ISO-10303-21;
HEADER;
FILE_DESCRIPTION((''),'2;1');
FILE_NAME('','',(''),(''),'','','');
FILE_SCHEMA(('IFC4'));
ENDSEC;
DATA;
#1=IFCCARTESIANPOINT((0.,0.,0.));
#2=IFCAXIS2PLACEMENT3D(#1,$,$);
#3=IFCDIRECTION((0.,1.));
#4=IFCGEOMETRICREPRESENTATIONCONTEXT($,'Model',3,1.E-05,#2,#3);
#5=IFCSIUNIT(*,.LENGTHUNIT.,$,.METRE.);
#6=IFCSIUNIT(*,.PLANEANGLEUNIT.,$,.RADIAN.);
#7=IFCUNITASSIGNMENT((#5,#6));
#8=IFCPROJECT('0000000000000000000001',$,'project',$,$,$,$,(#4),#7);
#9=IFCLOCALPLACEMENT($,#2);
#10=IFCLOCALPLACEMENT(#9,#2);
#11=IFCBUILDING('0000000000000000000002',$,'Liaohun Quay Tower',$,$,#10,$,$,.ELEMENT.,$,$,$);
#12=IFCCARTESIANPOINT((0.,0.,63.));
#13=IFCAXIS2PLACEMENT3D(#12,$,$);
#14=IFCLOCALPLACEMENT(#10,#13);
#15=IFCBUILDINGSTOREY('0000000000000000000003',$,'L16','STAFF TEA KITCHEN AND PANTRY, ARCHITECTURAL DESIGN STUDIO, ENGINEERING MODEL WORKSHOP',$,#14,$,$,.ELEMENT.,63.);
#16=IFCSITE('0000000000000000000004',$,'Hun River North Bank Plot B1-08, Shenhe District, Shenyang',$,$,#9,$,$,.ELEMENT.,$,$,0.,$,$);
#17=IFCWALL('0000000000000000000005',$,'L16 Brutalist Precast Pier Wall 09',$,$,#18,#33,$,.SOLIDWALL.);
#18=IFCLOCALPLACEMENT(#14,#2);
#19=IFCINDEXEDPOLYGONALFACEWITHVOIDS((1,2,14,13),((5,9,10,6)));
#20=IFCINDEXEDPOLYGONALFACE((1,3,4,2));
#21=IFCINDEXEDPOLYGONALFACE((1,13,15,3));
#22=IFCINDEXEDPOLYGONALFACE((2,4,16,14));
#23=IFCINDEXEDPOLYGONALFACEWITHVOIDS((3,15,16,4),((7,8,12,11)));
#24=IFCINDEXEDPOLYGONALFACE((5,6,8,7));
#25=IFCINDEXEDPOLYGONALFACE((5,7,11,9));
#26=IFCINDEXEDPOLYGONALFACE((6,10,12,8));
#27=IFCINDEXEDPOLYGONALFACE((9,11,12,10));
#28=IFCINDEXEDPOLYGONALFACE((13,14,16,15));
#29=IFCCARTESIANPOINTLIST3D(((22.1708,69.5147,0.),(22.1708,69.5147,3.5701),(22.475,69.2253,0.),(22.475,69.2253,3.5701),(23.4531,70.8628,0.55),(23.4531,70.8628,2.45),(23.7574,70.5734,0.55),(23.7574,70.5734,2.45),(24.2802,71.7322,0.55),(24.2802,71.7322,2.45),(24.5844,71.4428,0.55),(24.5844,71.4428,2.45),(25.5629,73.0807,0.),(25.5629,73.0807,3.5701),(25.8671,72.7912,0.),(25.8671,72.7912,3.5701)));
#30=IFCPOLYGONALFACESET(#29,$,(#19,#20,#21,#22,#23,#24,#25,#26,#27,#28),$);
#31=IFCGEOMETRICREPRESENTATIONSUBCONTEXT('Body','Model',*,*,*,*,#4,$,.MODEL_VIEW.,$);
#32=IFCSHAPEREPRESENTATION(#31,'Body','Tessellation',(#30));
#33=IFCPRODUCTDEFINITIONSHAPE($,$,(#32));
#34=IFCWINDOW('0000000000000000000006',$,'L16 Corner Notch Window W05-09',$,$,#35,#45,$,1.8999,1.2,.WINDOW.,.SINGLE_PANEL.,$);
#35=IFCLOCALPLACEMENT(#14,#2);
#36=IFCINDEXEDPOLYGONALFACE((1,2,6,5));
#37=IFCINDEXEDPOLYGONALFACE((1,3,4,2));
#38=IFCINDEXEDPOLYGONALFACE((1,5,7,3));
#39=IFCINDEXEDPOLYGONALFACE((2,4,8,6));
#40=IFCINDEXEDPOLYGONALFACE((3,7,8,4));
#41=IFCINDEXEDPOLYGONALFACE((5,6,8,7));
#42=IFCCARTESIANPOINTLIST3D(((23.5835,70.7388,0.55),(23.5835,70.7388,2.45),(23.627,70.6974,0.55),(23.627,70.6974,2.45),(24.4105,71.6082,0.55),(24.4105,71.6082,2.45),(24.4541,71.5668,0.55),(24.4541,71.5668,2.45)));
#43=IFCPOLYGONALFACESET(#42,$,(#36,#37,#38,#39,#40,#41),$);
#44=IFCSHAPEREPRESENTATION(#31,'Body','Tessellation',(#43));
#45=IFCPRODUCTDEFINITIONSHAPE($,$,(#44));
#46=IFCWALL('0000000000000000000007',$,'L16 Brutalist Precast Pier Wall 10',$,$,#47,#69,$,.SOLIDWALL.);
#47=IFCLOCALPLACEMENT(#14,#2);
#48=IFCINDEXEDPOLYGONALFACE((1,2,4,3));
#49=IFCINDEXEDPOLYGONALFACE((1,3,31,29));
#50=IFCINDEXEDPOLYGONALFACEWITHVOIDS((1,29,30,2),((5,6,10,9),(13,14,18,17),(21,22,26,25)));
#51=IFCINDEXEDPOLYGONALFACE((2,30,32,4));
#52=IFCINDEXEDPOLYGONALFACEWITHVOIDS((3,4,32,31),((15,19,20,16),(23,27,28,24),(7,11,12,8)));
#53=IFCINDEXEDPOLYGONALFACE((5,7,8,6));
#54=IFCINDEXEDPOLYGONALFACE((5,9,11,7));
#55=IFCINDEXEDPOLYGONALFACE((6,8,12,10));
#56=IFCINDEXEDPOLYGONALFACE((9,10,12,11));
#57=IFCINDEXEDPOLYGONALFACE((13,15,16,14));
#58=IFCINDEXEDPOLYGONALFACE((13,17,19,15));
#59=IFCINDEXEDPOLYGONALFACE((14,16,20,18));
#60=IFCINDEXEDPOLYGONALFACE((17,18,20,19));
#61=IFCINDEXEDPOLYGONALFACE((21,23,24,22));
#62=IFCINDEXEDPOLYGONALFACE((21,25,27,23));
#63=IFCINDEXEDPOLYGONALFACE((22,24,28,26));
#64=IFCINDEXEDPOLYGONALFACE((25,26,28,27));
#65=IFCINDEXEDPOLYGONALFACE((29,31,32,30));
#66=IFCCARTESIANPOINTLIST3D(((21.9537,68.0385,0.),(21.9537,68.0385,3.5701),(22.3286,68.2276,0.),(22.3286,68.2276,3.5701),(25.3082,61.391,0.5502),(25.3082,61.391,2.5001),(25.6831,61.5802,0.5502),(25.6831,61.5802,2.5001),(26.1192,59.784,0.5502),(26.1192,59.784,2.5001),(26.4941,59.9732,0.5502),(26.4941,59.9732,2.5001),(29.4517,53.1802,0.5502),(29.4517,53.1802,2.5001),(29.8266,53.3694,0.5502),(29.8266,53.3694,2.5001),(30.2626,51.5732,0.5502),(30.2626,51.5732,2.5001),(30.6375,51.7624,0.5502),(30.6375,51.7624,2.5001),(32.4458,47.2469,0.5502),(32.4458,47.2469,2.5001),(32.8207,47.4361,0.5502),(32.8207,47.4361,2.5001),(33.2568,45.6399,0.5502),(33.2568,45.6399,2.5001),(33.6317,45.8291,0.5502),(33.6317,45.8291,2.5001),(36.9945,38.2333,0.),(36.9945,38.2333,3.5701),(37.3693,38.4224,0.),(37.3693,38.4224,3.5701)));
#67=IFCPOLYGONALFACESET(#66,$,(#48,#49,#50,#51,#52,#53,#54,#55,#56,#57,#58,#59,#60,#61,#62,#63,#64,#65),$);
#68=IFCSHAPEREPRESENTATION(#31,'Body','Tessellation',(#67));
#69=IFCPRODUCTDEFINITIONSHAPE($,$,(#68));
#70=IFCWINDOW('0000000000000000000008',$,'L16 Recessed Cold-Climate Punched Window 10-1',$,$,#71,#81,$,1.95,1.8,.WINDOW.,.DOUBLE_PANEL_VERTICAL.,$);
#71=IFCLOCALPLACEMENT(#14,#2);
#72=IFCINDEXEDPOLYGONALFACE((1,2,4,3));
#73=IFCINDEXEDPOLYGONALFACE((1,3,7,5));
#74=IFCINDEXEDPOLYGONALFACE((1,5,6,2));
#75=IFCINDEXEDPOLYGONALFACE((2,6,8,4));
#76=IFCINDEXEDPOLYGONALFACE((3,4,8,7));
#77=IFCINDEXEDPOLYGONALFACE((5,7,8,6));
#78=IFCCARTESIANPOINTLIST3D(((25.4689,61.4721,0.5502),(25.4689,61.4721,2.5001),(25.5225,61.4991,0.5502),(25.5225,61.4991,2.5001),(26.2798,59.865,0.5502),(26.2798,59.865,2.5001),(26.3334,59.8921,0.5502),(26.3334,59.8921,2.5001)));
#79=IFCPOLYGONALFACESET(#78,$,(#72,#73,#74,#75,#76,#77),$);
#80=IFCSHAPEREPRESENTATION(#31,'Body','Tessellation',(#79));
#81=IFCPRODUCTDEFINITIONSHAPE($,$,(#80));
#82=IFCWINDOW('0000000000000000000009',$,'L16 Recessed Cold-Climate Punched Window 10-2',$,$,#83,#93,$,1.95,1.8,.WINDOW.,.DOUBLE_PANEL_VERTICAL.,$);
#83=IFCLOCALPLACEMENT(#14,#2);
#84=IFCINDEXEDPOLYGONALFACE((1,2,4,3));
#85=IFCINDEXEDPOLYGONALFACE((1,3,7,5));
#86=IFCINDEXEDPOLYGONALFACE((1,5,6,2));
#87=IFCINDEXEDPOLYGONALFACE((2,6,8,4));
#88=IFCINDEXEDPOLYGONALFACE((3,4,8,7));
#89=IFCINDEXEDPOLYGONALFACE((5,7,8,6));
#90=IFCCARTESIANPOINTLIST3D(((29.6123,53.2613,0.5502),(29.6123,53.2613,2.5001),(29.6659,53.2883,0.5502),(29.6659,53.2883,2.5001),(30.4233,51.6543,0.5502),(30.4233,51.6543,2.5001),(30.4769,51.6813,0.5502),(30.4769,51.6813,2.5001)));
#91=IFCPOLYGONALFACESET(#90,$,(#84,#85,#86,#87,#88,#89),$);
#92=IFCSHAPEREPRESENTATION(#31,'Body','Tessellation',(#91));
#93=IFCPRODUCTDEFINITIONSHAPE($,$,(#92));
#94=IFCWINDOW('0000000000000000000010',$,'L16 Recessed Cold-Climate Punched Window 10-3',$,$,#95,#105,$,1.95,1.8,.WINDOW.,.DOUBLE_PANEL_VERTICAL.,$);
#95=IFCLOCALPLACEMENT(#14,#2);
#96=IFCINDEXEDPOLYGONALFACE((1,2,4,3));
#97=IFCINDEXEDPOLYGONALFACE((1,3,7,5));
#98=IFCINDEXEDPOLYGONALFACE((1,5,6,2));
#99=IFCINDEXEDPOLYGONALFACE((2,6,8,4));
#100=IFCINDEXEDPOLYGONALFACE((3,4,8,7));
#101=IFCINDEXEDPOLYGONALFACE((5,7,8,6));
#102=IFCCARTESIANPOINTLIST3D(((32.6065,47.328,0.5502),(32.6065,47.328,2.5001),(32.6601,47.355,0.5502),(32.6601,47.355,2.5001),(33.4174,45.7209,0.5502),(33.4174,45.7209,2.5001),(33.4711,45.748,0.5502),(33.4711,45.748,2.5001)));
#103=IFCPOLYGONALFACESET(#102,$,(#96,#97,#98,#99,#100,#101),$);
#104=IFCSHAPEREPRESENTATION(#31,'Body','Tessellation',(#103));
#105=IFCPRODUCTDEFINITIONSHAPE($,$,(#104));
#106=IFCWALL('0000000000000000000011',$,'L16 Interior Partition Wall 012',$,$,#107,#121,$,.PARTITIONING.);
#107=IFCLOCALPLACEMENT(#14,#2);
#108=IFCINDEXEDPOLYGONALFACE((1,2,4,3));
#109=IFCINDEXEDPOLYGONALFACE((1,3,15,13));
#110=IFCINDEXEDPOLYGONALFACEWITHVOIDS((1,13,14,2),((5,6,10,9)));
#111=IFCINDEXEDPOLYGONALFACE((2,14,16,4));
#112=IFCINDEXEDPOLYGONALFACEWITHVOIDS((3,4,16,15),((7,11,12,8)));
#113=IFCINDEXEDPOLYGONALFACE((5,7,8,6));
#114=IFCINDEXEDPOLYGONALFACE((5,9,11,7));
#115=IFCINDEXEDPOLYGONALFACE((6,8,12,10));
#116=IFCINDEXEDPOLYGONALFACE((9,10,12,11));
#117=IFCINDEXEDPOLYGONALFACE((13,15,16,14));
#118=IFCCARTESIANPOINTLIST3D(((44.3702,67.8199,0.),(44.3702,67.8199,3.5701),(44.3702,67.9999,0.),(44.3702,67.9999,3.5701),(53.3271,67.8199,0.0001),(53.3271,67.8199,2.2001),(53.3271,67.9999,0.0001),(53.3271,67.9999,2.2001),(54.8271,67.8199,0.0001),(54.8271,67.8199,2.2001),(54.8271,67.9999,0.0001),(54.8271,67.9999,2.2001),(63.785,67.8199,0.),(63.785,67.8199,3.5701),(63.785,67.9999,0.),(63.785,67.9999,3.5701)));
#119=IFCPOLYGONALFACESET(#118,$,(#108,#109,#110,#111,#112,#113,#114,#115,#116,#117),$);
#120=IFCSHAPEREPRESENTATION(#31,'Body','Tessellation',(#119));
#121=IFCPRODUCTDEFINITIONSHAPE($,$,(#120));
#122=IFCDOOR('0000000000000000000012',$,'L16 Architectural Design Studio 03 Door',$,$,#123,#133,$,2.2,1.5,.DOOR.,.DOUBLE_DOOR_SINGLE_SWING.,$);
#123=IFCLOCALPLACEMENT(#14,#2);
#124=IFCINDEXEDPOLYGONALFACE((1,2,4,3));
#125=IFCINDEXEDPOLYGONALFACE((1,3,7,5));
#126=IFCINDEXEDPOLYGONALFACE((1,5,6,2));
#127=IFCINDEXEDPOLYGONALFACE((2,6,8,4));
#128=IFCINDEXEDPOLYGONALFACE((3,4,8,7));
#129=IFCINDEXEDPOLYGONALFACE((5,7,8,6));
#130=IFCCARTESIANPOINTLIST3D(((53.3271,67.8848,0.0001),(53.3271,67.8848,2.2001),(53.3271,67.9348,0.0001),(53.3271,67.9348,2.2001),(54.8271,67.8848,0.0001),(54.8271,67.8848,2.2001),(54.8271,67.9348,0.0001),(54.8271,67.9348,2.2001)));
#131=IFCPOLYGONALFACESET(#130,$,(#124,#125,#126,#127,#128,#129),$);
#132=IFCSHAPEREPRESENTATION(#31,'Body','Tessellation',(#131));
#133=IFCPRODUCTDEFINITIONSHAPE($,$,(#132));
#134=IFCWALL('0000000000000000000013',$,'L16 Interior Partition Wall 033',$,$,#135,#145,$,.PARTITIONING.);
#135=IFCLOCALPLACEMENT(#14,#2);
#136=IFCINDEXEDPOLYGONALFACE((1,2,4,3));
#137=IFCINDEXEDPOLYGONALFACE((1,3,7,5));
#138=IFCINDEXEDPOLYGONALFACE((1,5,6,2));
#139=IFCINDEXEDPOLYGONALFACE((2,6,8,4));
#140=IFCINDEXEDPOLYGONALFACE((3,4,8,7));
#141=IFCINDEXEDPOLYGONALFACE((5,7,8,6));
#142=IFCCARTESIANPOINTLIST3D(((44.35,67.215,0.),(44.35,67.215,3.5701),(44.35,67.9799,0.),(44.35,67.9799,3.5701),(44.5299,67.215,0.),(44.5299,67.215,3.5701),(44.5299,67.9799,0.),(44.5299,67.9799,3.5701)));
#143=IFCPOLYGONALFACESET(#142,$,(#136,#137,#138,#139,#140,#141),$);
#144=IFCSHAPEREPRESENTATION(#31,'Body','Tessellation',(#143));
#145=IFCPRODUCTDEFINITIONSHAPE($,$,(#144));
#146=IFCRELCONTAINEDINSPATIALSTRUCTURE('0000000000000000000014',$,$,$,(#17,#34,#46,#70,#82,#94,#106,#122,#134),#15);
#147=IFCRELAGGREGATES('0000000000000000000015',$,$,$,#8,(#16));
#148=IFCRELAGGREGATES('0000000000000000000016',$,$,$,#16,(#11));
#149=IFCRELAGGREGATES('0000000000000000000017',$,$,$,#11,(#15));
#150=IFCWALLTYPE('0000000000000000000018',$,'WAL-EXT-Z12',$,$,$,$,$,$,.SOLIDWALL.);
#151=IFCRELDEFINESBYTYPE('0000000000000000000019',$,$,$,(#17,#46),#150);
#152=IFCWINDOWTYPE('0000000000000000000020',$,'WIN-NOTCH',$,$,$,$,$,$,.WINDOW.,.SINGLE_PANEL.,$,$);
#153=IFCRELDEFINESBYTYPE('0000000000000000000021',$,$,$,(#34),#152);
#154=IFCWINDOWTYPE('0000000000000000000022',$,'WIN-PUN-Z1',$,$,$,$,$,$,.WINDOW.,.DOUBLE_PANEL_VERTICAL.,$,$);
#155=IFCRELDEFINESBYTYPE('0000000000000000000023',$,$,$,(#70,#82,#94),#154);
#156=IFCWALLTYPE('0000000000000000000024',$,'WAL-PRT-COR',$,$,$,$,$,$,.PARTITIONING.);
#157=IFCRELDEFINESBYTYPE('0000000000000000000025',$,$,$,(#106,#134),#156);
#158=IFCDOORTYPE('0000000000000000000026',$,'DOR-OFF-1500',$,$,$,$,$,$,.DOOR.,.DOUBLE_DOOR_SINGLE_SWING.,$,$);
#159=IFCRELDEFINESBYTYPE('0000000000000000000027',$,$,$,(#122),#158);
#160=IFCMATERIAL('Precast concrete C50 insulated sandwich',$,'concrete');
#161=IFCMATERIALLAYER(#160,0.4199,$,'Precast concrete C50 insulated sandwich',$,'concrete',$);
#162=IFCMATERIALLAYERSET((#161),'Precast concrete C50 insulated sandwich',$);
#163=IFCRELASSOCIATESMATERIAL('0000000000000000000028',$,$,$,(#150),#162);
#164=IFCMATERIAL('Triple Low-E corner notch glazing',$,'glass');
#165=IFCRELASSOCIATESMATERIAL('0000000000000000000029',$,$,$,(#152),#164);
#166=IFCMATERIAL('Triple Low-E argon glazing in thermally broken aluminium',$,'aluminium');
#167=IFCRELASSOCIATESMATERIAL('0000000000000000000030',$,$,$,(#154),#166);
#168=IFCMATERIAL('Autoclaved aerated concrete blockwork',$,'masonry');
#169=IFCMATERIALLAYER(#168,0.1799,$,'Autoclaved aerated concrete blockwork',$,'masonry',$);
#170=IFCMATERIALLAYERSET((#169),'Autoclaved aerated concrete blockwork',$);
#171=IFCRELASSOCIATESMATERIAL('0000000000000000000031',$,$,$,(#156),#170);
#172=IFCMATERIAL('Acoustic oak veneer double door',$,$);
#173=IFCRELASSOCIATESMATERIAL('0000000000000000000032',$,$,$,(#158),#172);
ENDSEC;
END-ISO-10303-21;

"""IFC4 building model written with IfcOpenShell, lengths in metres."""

from ifc_helpers import new_model, si_unit, direction, frame, frame_2d, origin, place, context, subcontext, project, spatial, rectangle, extrude, source, transform, mapped, material, layer, layer_set, type_object, element, fill, save


model = new_model("IFC4")

# Units and contexts
model_context = context("Model", 3, precision=1e-05, world=origin(), true_north=direction((0.0, 1.0)))
body_context = subcontext(model_context, "Body", "Model", "MODEL_VIEW")
ifc_project = project(units=[si_unit("LENGTHUNIT", "METRE"), si_unit("PLANEANGLEUNIT", "RADIAN")], contexts=[model_context])

# Site, building, storey
site_placement = place(None, origin())
site = spatial("IfcSite", under=ifc_project, at=site_placement, Name="Hun River North Bank Plot B1-08, Shenhe District, Shenyang", CompositionType="ELEMENT", RefElevation=0.0)
building_placement = place(site_placement, origin())
building = spatial("IfcBuilding", under=site, at=building_placement, Name="Liaohun Quay Tower", CompositionType="ELEMENT")
storey_placement = place(building_placement, frame((0.0, 0.0, 63.0)))
storey = spatial("IfcBuildingStorey", under=building, at=storey_placement, Name="L16", Description="STAFF TEA KITCHEN AND PANTRY, ARCHITECTURAL DESIGN STUDIO, ENGINEERING MODEL WORKSHOP", CompositionType="ELEMENT", Elevation=63.0)

# Wall, opening, window
ifc_material_1 = material(Name="Precast concrete C50 insulated sandwich", Category="concrete")
ifc_layer_1 = layer(ifc_material_1, 0.4199, Name="Precast concrete C50 insulated sandwich", Category="concrete")
ifc_layer_set_1 = layer_set([ifc_layer_1], Name="Precast concrete C50 insulated sandwich")
wall_type_1 = type_object("IfcWallType", Name="WAL-EXT-Z12", PredefinedType="SOLIDWALL", material=ifc_layer_set_1)
shared_shape_1 = source(origin(), body_context, "Body", "SweptSolid", [
    extrude(rectangle(XDim=1.2, YDim=1.8999, at=frame_2d((0.6001, 0.95))), frame((0.0, 0.22, 0.0), z_axis=(0.0, -1.0, 0.0), x_axis=(1.0, 0.0, 0.0)), (0.0, 0.0, 1.0), 0.4399),
])
ifc_material_2 = material(Name="Triple Low-E corner notch glazing", Category="glass")
window_type_1 = type_object("IfcWindowType", Name="WIN-NOTCH", PartitioningType="SINGLE_PANEL", PredefinedType="WINDOW", material=ifc_material_2)
shared_shape_2 = source(origin(), body_context, "Body", "SweptSolid", [
    extrude(rectangle(XDim=1.2, YDim=1.8999, at=frame_2d((0.6001, 0.95))), frame((0.0, 0.03, 0.0), z_axis=(0.0, -1.0, 0.0), x_axis=(1.0, 0.0, 0.0)), (0.0, 0.0, 1.0), 0.0601),
])
wall_1_placement = place(storey_placement, frame((25.7151, 72.936, 0.0), z_axis=(0.0, 0.0, 1.0), x_axis=(-0.689226, -0.724546, 0.0)))
wall_1 = element("IfcWall", 1, at=wall_1_placement, inside=storey, type_object=wall_type_1, Name="L16 Brutalist Precast Pier Wall 09", PredefinedType="SOLIDWALL", context=body_context, shape_type="SweptSolid", body=[
    extrude(rectangle(XDim=4.9216, YDim=0.4199, at=frame_2d((2.4609, 0.0))), origin(), (0.0, 0.0, 1.0), 3.5701),
])
opening_1_placement = place(wall_1_placement, frame((1.8611, 0.0, 0.55)))
opening_1 = element("IfcOpeningElement", 2, at=opening_1_placement, cuts=wall_1, PredefinedType="OPENING", context=body_context, shape_type="MappedRepresentation", body=[
    mapped(shared_shape_1, transform((0.0, 0.0, 0.0), x_axis=(1.0, 0.0, 0.0), y_axis=(0.0, 1.0, 0.0), z_axis=(0.0, 0.0, 1.0), scale=1.0)),
])
window_1_placement = place(opening_1_placement, origin())
window_1 = element("IfcWindow", 3, at=window_1_placement, inside=storey, type_object=window_type_1, Name="L16 Corner Notch Window W05-09", OverallHeight=1.8999, OverallWidth=1.2, PartitioningType="SINGLE_PANEL", PredefinedType="WINDOW", context=body_context, shape_type="MappedRepresentation", body=[
    mapped(shared_shape_2, transform((0.0, 0.0, 0.0), x_axis=(1.0, 0.0, 0.0), y_axis=(0.0, 1.0, 0.0), z_axis=(0.0, 0.0, 1.0), scale=1.0)),
])
fill(opening_1, window_1)

# Wall, openings, windows
wall_2_placement = place(storey_placement, frame((22.1411, 68.1331, 0.0), z_axis=(0.0, 0.0, 1.0), x_axis=(0.450522, -0.892765, 0.0)))
wall_2 = element("IfcWall", 4, at=wall_2_placement, inside=storey, type_object=wall_type_1, Name="L16 Brutalist Precast Pier Wall 10", PredefinedType="SOLIDWALL", context=body_context, shape_type="SweptSolid", body=[
    extrude(rectangle(XDim=33.3853, YDim=0.4199, at=frame_2d((16.6926, 0.0))), origin(), (0.0, 0.0, 1.0), 3.5701),
])
shared_shape_3 = source(origin(), body_context, "Body", "SweptSolid", [
    extrude(rectangle(XDim=1.8, YDim=1.95, at=frame_2d((0.8999, 0.9751))), frame((0.0, 0.22, 0.0), z_axis=(0.0, -1.0, 0.0), x_axis=(1.0, 0.0, 0.0)), (0.0, 0.0, 1.0), 0.4399),
])
opening_2_placement = place(wall_2_placement, frame((7.446, 0.0, 0.55)))
opening_2 = element("IfcOpeningElement", 5, at=opening_2_placement, cuts=wall_2, PredefinedType="OPENING", context=body_context, shape_type="MappedRepresentation", body=[
    mapped(shared_shape_3, transform((0.0, 0.0, 0.0), x_axis=(1.0, 0.0, 0.0), y_axis=(0.0, 1.0, 0.0), z_axis=(0.0, 0.0, 1.0), scale=1.0)),
])
opening_3_placement = place(wall_2_placement, frame((16.6431, 0.0, 0.55)))
opening_3 = element("IfcOpeningElement", 6, at=opening_3_placement, cuts=wall_2, PredefinedType="OPENING", context=body_context, shape_type="MappedRepresentation", body=[
    mapped(shared_shape_3, transform((0.0, 0.0, 0.0), x_axis=(1.0, 0.0, 0.0), y_axis=(0.0, 1.0, 0.0), z_axis=(0.0, 0.0, 1.0), scale=1.0)),
])
opening_4_placement = place(wall_2_placement, frame((23.2891, 0.0, 0.55)))
opening_4 = element("IfcOpeningElement", 7, at=opening_4_placement, cuts=wall_2, PredefinedType="OPENING", context=body_context, shape_type="MappedRepresentation", body=[
    mapped(shared_shape_3, transform((0.0, 0.0, 0.0), x_axis=(1.0, 0.0, 0.0), y_axis=(0.0, 1.0, 0.0), z_axis=(0.0, 0.0, 1.0), scale=1.0)),
])
ifc_material_3 = material(Name="Triple Low-E argon glazing in thermally broken aluminium", Category="aluminium")
window_type_2 = type_object("IfcWindowType", Name="WIN-PUN-Z1", PartitioningType="DOUBLE_PANEL_VERTICAL", PredefinedType="WINDOW", material=ifc_material_3)
shared_shape_4 = source(origin(), body_context, "Body", "SweptSolid", [
    extrude(rectangle(XDim=1.8, YDim=1.95, at=frame_2d((0.8999, 0.9751))), frame((0.0, 0.03, 0.0), z_axis=(0.0, -1.0, 0.0), x_axis=(1.0, 0.0, 0.0)), (0.0, 0.0, 1.0), 0.0601),
])
window_2_placement = place(opening_2_placement, origin())
window_2 = element("IfcWindow", 8, at=window_2_placement, inside=storey, type_object=window_type_2, Name="L16 Recessed Cold-Climate Punched Window 10-1", OverallHeight=1.95, OverallWidth=1.8, PartitioningType="DOUBLE_PANEL_VERTICAL", PredefinedType="WINDOW", context=body_context, shape_type="MappedRepresentation", body=[
    mapped(shared_shape_4, transform((0.0, 0.0, 0.0), x_axis=(1.0, 0.0, 0.0), y_axis=(0.0, 1.0, 0.0), z_axis=(0.0, 0.0, 1.0), scale=1.0)),
])
fill(opening_2, window_2)
window_3_placement = place(opening_3_placement, origin())
window_3 = element("IfcWindow", 9, at=window_3_placement, inside=storey, type_object=window_type_2, Name="L16 Recessed Cold-Climate Punched Window 10-2", OverallHeight=1.95, OverallWidth=1.8, PartitioningType="DOUBLE_PANEL_VERTICAL", PredefinedType="WINDOW", context=body_context, shape_type="MappedRepresentation", body=[
    mapped(shared_shape_4, transform((0.0, 0.0, 0.0), x_axis=(1.0, 0.0, 0.0), y_axis=(0.0, 1.0, 0.0), z_axis=(0.0, 0.0, 1.0), scale=1.0)),
])
fill(opening_3, window_3)
window_4_placement = place(opening_4_placement, origin())
window_4 = element("IfcWindow", 10, at=window_4_placement, inside=storey, type_object=window_type_2, Name="L16 Recessed Cold-Climate Punched Window 10-3", OverallHeight=1.95, OverallWidth=1.8, PartitioningType="DOUBLE_PANEL_VERTICAL", PredefinedType="WINDOW", context=body_context, shape_type="MappedRepresentation", body=[
    mapped(shared_shape_4, transform((0.0, 0.0, 0.0), x_axis=(1.0, 0.0, 0.0), y_axis=(0.0, 1.0, 0.0), z_axis=(0.0, 0.0, 1.0), scale=1.0)),
])
fill(opening_4, window_4)

# Wall, opening, door
ifc_material_4 = material(Name="Autoclaved aerated concrete blockwork", Category="masonry")
ifc_layer_2 = layer(ifc_material_4, 0.1799, Name="Autoclaved aerated concrete blockwork", Category="masonry")
ifc_layer_set_2 = layer_set([ifc_layer_2], Name="Autoclaved aerated concrete blockwork")
wall_type_2 = type_object("IfcWallType", Name="WAL-PRT-COR", PredefinedType="PARTITIONING", material=ifc_layer_set_2)
wall_3_placement = place(storey_placement, frame((44.3701, 67.9099, 0.0), z_axis=(0.0, 0.0, 1.0), x_axis=(1.0, 0.0, 0.0)))
wall_3 = element("IfcWall", 11, at=wall_3_placement, inside=storey, type_object=wall_type_2, Name="L16 Interior Partition Wall 012", PredefinedType="PARTITIONING", context=body_context, shape_type="SweptSolid", body=[
    extrude(rectangle(XDim=19.4148, YDim=0.1799, at=frame_2d((9.7075, 0.0))), origin(), (0.0, 0.0, 1.0), 3.5701),
])
shared_shape_5 = source(origin(), body_context, "Body", "SweptSolid", [
    extrude(rectangle(XDim=1.5, YDim=2.2, at=frame_2d((0.75, 1.1001))), frame((0.0, 0.0999, 0.0), z_axis=(0.0, -1.0, 0.0), x_axis=(1.0, 0.0, 0.0)), (0.0, 0.0, 1.0), 0.2),
])
opening_5_placement = place(wall_3_placement, frame((8.957, 0.0, 0.0)))
opening_5 = element("IfcOpeningElement", 12, at=opening_5_placement, cuts=wall_3, PredefinedType="OPENING", context=body_context, shape_type="MappedRepresentation", body=[
    mapped(shared_shape_5, transform((0.0, 0.0, 0.0), x_axis=(1.0, 0.0, 0.0), y_axis=(0.0, 1.0, 0.0), z_axis=(0.0, 0.0, 1.0), scale=1.0)),
])
ifc_material_5 = material(Name="Acoustic oak veneer double door")
door_type = type_object("IfcDoorType", Name="DOR-OFF-1500", OperationType="DOUBLE_DOOR_SINGLE_SWING", PredefinedType="DOOR", material=ifc_material_5)
shared_shape_6 = source(origin(), body_context, "Body", "SweptSolid", [
    extrude(rectangle(XDim=1.5, YDim=2.2, at=frame_2d((0.75, 1.1001))), frame((0.0, 0.0249, 0.0), z_axis=(0.0, -1.0, 0.0), x_axis=(1.0, 0.0, 0.0)), (0.0, 0.0, 1.0), 0.05),
])
door_placement = place(opening_5_placement, origin())
door = element("IfcDoor", 13, at=door_placement, inside=storey, type_object=door_type, Name="L16 Architectural Design Studio 03 Door", OperationType="DOUBLE_DOOR_SINGLE_SWING", OverallHeight=2.2, OverallWidth=1.5, PredefinedType="DOOR", context=body_context, shape_type="MappedRepresentation", body=[
    mapped(shared_shape_6, transform((0.0, 0.0, 0.0), x_axis=(1.0, 0.0, 0.0), y_axis=(0.0, 1.0, 0.0), z_axis=(0.0, 0.0, 1.0), scale=1.0)),
])
fill(opening_5, door)

# Wall
wall_4_placement = place(storey_placement, frame((44.4399, 67.2151, 0.0), z_axis=(0.0, 0.0, 1.0), x_axis=(0.0, 1.0, 0.0)))
element("IfcWall", 14, at=wall_4_placement, inside=storey, type_object=wall_type_2, Name="L16 Interior Partition Wall 033", PredefinedType="PARTITIONING", context=body_context, shape_type="SweptSolid", body=[
    extrude(rectangle(XDim=0.7649, YDim=0.1799, at=frame_2d((0.3823, 0.0))), origin(), (0.0, 0.0, 1.0), 3.5701),
])

save(model, "model.ifc")
